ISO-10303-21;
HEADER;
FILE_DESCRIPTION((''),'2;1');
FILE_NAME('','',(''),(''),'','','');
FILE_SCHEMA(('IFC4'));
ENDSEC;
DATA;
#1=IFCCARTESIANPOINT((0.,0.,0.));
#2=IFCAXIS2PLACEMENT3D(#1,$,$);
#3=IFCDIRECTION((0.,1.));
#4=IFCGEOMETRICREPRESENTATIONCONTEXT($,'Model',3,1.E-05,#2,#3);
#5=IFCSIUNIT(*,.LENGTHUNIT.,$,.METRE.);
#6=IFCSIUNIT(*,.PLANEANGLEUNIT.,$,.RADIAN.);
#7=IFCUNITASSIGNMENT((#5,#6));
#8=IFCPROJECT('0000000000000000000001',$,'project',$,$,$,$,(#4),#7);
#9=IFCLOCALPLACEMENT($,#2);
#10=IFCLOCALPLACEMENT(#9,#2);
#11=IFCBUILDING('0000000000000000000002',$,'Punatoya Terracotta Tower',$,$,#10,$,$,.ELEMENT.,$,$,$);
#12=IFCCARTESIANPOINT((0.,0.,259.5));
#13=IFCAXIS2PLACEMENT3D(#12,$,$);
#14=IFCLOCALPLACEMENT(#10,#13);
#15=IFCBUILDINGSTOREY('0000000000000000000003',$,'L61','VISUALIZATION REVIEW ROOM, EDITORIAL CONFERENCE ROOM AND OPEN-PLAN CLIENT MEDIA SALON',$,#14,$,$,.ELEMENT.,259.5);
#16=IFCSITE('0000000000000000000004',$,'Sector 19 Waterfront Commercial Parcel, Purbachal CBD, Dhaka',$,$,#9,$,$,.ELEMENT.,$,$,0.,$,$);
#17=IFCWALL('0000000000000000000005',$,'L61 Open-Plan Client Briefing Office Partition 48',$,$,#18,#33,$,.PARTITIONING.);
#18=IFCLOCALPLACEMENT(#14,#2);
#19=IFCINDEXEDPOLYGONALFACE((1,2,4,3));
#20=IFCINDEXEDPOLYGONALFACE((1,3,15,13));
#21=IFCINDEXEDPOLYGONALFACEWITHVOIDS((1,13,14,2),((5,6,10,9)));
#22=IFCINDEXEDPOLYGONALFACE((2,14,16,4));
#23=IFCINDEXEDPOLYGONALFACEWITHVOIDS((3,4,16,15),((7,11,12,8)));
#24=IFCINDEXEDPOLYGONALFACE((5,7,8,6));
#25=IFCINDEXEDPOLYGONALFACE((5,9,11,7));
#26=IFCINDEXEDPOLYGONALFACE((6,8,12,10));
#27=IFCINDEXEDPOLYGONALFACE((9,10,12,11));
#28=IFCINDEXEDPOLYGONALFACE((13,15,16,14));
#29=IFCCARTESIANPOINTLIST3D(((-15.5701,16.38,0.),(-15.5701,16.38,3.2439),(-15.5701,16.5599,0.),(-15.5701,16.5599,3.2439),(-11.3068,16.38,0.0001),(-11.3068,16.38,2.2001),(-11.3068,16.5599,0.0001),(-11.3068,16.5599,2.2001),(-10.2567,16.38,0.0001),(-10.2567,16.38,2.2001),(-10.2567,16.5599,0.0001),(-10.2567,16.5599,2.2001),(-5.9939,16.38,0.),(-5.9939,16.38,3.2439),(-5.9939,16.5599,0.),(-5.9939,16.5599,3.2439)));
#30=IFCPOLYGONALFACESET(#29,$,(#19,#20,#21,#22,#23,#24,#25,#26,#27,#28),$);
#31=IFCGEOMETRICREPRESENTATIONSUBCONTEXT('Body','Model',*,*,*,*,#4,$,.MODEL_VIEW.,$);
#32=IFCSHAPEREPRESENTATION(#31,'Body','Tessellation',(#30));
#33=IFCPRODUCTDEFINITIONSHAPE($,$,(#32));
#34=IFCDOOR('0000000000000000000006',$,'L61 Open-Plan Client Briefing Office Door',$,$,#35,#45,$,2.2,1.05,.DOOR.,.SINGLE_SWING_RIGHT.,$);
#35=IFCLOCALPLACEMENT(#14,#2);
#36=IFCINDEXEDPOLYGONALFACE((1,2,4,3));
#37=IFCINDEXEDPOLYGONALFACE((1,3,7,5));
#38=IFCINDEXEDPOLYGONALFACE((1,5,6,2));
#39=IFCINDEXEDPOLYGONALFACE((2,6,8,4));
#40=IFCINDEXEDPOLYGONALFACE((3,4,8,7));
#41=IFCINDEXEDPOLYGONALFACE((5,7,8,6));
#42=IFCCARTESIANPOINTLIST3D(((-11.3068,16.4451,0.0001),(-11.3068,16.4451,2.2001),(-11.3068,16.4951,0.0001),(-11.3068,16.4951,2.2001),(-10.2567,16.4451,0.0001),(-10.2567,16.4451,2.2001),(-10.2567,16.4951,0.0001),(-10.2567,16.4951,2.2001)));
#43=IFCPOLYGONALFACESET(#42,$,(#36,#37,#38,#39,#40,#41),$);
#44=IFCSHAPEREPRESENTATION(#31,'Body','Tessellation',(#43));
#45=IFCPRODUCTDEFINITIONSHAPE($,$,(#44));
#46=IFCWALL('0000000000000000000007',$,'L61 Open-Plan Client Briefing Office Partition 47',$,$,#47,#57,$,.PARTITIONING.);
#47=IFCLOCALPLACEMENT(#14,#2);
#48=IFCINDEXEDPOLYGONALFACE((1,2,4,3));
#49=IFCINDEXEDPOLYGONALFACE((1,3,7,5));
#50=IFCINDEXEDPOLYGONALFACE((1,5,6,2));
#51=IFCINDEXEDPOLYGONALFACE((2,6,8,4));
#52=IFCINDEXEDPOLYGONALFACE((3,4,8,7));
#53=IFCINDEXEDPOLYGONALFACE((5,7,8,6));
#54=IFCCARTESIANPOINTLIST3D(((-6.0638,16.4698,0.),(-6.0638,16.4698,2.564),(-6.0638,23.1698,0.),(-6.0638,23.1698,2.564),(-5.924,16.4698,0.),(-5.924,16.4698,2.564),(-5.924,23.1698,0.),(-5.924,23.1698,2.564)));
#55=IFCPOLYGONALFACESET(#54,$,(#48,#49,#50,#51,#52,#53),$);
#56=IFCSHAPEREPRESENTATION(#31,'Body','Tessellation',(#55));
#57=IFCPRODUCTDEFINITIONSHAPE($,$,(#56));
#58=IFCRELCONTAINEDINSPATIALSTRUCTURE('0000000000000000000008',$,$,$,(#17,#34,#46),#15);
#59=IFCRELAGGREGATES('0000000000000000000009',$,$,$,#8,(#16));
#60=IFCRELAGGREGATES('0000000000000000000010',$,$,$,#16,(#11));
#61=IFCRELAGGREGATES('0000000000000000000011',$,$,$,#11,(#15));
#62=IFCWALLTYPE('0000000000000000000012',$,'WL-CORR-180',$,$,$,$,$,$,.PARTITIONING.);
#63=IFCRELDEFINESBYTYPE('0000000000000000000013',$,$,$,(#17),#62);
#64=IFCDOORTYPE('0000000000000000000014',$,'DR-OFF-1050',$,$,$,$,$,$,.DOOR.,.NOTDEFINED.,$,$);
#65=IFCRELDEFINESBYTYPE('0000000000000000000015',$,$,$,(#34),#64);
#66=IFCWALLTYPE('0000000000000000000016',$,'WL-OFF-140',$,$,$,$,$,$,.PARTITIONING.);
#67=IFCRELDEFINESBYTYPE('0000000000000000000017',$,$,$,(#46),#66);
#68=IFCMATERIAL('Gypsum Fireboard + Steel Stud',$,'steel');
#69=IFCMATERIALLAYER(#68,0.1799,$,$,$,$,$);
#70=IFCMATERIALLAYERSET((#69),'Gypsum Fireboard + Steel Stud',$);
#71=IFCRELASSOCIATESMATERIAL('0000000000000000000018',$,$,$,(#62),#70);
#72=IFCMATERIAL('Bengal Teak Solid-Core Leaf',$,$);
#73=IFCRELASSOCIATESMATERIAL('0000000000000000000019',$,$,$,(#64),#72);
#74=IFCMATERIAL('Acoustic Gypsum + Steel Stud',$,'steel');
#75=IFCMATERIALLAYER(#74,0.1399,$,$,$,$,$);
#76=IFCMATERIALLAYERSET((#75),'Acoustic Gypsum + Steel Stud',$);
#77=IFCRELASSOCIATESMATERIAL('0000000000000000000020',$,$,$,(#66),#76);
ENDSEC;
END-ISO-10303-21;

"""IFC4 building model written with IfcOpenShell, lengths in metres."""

from ifc_helpers import new_model, si_unit, direction, frame, frame_2d, origin, place, context, subcontext, project, spatial, rectangle, extrude, material, layer, layer_set, type_object, element, fill, save


model = new_model("IFC4")

# Units and contexts
model_context = context("Model", 3, precision=1e-05, world=origin(), true_north=direction((0.0, 1.0)))
body_context = subcontext(model_context, "Body", "Model", "MODEL_VIEW")
ifc_project = project(units=[si_unit("LENGTHUNIT", "METRE"), si_unit("PLANEANGLEUNIT", "RADIAN")], contexts=[model_context])

# Site, building, storey
site_placement = place(None, origin())
site = spatial("IfcSite", under=ifc_project, at=site_placement, Name="Sector 19 Waterfront Commercial Parcel, Purbachal CBD, Dhaka", CompositionType="ELEMENT", RefElevation=0.0)
building_placement = place(site_placement, origin())
building = spatial("IfcBuilding", under=site, at=building_placement, Name="Punatoya Terracotta Tower", CompositionType="ELEMENT")
storey_placement = place(building_placement, frame((0.0, 0.0, 259.5)))
storey = spatial("IfcBuildingStorey", under=building, at=storey_placement, Name="L61", Description="VISUALIZATION REVIEW ROOM, EDITORIAL CONFERENCE ROOM AND OPEN-PLAN CLIENT MEDIA SALON", CompositionType="ELEMENT", Elevation=259.5)

# Wall, opening, door
ifc_material_1 = material(Name="Gypsum Fireboard + Steel Stud", Category="steel")
ifc_layer_1 = layer(ifc_material_1, 0.1799)
ifc_layer_set_1 = layer_set([ifc_layer_1], Name="Gypsum Fireboard + Steel Stud")
wall_type_1 = type_object("IfcWallType", Name="WL-CORR-180", PredefinedType="PARTITIONING", material=ifc_layer_set_1)
wall_1_placement = place(storey_placement, frame((-5.9939, 16.47, 0.0), z_axis=(0.0, 0.0, 1.0), x_axis=(-1.0, 0.0, 0.0)))
wall_1 = element("IfcWall", 1, at=wall_1_placement, inside=storey, type_object=wall_type_1, Name="L61 Open-Plan Client Briefing Office Partition 48", PredefinedType="PARTITIONING", context=body_context, shape_type="SweptSolid", body=[
    extrude(rectangle(XDim=9.5762, YDim=0.1799, at=frame_2d((4.7881, 0.0))), origin(), (0.0, 0.0, 1.0), 3.2439),
])
opening_placement = place(wall_1_placement, frame((4.2629, 0.0, 0.0)))
opening = element("IfcOpeningElement", 2, at=opening_placement, cuts=wall_1, PredefinedType="OPENING", context=body_context, shape_type="SweptSolid", body=[
    extrude(rectangle(XDim=1.05, YDim=2.2, at=frame_2d((0.5249, 1.1001))), frame((0.0, 0.0999, 0.0), z_axis=(0.0, -1.0, 0.0), x_axis=(1.0, 0.0, 0.0)), (0.0, 0.0, 1.0), 0.2),
])
ifc_material_2 = material(Name="Bengal Teak Solid-Core Leaf")
door_type = type_object("IfcDoorType", Name="DR-OFF-1050", OperationType="NOTDEFINED", PredefinedType="DOOR", material=ifc_material_2)
door_placement = place(opening_placement, origin())
door = element("IfcDoor", 3, at=door_placement, inside=storey, type_object=door_type, Name="L61 Open-Plan Client Briefing Office Door", OperationType="SINGLE_SWING_RIGHT", OverallHeight=2.2, OverallWidth=1.05, PredefinedType="DOOR", context=body_context, shape_type="SweptSolid", body=[
    extrude(rectangle(XDim=1.05, YDim=2.2, at=frame_2d((0.5249, 1.1001))), frame((0.0, 0.0249, 0.0), z_axis=(0.0, -1.0, 0.0), x_axis=(1.0, 0.0, 0.0)), (0.0, 0.0, 1.0), 0.05),
])
fill(opening, door)

# Wall
ifc_material_3 = material(Name="Acoustic Gypsum + Steel Stud", Category="steel")
ifc_layer_2 = layer(ifc_material_3, 0.1399)
ifc_layer_set_2 = layer_set([ifc_layer_2], Name="Acoustic Gypsum + Steel Stud")
wall_type_2 = type_object("IfcWallType", Name="WL-OFF-140", PredefinedType="PARTITIONING", material=ifc_layer_set_2)
wall_2_placement = place(storey_placement, frame((-5.9939, 23.1699, 0.0), z_axis=(0.0, 0.0, 1.0), x_axis=(0.0, -1.0, 0.0)))
element("IfcWall", 4, at=wall_2_placement, inside=storey, type_object=wall_type_2, Name="L61 Open-Plan Client Briefing Office Partition 47", PredefinedType="PARTITIONING", context=body_context, shape_type="SweptSolid", body=[
    extrude(rectangle(XDim=6.7, YDim=0.1399, at=frame_2d((3.3501, 0.0))), origin(), (0.0, 0.0, 1.0), 2.564),
])

save(model, "model.ifc")
